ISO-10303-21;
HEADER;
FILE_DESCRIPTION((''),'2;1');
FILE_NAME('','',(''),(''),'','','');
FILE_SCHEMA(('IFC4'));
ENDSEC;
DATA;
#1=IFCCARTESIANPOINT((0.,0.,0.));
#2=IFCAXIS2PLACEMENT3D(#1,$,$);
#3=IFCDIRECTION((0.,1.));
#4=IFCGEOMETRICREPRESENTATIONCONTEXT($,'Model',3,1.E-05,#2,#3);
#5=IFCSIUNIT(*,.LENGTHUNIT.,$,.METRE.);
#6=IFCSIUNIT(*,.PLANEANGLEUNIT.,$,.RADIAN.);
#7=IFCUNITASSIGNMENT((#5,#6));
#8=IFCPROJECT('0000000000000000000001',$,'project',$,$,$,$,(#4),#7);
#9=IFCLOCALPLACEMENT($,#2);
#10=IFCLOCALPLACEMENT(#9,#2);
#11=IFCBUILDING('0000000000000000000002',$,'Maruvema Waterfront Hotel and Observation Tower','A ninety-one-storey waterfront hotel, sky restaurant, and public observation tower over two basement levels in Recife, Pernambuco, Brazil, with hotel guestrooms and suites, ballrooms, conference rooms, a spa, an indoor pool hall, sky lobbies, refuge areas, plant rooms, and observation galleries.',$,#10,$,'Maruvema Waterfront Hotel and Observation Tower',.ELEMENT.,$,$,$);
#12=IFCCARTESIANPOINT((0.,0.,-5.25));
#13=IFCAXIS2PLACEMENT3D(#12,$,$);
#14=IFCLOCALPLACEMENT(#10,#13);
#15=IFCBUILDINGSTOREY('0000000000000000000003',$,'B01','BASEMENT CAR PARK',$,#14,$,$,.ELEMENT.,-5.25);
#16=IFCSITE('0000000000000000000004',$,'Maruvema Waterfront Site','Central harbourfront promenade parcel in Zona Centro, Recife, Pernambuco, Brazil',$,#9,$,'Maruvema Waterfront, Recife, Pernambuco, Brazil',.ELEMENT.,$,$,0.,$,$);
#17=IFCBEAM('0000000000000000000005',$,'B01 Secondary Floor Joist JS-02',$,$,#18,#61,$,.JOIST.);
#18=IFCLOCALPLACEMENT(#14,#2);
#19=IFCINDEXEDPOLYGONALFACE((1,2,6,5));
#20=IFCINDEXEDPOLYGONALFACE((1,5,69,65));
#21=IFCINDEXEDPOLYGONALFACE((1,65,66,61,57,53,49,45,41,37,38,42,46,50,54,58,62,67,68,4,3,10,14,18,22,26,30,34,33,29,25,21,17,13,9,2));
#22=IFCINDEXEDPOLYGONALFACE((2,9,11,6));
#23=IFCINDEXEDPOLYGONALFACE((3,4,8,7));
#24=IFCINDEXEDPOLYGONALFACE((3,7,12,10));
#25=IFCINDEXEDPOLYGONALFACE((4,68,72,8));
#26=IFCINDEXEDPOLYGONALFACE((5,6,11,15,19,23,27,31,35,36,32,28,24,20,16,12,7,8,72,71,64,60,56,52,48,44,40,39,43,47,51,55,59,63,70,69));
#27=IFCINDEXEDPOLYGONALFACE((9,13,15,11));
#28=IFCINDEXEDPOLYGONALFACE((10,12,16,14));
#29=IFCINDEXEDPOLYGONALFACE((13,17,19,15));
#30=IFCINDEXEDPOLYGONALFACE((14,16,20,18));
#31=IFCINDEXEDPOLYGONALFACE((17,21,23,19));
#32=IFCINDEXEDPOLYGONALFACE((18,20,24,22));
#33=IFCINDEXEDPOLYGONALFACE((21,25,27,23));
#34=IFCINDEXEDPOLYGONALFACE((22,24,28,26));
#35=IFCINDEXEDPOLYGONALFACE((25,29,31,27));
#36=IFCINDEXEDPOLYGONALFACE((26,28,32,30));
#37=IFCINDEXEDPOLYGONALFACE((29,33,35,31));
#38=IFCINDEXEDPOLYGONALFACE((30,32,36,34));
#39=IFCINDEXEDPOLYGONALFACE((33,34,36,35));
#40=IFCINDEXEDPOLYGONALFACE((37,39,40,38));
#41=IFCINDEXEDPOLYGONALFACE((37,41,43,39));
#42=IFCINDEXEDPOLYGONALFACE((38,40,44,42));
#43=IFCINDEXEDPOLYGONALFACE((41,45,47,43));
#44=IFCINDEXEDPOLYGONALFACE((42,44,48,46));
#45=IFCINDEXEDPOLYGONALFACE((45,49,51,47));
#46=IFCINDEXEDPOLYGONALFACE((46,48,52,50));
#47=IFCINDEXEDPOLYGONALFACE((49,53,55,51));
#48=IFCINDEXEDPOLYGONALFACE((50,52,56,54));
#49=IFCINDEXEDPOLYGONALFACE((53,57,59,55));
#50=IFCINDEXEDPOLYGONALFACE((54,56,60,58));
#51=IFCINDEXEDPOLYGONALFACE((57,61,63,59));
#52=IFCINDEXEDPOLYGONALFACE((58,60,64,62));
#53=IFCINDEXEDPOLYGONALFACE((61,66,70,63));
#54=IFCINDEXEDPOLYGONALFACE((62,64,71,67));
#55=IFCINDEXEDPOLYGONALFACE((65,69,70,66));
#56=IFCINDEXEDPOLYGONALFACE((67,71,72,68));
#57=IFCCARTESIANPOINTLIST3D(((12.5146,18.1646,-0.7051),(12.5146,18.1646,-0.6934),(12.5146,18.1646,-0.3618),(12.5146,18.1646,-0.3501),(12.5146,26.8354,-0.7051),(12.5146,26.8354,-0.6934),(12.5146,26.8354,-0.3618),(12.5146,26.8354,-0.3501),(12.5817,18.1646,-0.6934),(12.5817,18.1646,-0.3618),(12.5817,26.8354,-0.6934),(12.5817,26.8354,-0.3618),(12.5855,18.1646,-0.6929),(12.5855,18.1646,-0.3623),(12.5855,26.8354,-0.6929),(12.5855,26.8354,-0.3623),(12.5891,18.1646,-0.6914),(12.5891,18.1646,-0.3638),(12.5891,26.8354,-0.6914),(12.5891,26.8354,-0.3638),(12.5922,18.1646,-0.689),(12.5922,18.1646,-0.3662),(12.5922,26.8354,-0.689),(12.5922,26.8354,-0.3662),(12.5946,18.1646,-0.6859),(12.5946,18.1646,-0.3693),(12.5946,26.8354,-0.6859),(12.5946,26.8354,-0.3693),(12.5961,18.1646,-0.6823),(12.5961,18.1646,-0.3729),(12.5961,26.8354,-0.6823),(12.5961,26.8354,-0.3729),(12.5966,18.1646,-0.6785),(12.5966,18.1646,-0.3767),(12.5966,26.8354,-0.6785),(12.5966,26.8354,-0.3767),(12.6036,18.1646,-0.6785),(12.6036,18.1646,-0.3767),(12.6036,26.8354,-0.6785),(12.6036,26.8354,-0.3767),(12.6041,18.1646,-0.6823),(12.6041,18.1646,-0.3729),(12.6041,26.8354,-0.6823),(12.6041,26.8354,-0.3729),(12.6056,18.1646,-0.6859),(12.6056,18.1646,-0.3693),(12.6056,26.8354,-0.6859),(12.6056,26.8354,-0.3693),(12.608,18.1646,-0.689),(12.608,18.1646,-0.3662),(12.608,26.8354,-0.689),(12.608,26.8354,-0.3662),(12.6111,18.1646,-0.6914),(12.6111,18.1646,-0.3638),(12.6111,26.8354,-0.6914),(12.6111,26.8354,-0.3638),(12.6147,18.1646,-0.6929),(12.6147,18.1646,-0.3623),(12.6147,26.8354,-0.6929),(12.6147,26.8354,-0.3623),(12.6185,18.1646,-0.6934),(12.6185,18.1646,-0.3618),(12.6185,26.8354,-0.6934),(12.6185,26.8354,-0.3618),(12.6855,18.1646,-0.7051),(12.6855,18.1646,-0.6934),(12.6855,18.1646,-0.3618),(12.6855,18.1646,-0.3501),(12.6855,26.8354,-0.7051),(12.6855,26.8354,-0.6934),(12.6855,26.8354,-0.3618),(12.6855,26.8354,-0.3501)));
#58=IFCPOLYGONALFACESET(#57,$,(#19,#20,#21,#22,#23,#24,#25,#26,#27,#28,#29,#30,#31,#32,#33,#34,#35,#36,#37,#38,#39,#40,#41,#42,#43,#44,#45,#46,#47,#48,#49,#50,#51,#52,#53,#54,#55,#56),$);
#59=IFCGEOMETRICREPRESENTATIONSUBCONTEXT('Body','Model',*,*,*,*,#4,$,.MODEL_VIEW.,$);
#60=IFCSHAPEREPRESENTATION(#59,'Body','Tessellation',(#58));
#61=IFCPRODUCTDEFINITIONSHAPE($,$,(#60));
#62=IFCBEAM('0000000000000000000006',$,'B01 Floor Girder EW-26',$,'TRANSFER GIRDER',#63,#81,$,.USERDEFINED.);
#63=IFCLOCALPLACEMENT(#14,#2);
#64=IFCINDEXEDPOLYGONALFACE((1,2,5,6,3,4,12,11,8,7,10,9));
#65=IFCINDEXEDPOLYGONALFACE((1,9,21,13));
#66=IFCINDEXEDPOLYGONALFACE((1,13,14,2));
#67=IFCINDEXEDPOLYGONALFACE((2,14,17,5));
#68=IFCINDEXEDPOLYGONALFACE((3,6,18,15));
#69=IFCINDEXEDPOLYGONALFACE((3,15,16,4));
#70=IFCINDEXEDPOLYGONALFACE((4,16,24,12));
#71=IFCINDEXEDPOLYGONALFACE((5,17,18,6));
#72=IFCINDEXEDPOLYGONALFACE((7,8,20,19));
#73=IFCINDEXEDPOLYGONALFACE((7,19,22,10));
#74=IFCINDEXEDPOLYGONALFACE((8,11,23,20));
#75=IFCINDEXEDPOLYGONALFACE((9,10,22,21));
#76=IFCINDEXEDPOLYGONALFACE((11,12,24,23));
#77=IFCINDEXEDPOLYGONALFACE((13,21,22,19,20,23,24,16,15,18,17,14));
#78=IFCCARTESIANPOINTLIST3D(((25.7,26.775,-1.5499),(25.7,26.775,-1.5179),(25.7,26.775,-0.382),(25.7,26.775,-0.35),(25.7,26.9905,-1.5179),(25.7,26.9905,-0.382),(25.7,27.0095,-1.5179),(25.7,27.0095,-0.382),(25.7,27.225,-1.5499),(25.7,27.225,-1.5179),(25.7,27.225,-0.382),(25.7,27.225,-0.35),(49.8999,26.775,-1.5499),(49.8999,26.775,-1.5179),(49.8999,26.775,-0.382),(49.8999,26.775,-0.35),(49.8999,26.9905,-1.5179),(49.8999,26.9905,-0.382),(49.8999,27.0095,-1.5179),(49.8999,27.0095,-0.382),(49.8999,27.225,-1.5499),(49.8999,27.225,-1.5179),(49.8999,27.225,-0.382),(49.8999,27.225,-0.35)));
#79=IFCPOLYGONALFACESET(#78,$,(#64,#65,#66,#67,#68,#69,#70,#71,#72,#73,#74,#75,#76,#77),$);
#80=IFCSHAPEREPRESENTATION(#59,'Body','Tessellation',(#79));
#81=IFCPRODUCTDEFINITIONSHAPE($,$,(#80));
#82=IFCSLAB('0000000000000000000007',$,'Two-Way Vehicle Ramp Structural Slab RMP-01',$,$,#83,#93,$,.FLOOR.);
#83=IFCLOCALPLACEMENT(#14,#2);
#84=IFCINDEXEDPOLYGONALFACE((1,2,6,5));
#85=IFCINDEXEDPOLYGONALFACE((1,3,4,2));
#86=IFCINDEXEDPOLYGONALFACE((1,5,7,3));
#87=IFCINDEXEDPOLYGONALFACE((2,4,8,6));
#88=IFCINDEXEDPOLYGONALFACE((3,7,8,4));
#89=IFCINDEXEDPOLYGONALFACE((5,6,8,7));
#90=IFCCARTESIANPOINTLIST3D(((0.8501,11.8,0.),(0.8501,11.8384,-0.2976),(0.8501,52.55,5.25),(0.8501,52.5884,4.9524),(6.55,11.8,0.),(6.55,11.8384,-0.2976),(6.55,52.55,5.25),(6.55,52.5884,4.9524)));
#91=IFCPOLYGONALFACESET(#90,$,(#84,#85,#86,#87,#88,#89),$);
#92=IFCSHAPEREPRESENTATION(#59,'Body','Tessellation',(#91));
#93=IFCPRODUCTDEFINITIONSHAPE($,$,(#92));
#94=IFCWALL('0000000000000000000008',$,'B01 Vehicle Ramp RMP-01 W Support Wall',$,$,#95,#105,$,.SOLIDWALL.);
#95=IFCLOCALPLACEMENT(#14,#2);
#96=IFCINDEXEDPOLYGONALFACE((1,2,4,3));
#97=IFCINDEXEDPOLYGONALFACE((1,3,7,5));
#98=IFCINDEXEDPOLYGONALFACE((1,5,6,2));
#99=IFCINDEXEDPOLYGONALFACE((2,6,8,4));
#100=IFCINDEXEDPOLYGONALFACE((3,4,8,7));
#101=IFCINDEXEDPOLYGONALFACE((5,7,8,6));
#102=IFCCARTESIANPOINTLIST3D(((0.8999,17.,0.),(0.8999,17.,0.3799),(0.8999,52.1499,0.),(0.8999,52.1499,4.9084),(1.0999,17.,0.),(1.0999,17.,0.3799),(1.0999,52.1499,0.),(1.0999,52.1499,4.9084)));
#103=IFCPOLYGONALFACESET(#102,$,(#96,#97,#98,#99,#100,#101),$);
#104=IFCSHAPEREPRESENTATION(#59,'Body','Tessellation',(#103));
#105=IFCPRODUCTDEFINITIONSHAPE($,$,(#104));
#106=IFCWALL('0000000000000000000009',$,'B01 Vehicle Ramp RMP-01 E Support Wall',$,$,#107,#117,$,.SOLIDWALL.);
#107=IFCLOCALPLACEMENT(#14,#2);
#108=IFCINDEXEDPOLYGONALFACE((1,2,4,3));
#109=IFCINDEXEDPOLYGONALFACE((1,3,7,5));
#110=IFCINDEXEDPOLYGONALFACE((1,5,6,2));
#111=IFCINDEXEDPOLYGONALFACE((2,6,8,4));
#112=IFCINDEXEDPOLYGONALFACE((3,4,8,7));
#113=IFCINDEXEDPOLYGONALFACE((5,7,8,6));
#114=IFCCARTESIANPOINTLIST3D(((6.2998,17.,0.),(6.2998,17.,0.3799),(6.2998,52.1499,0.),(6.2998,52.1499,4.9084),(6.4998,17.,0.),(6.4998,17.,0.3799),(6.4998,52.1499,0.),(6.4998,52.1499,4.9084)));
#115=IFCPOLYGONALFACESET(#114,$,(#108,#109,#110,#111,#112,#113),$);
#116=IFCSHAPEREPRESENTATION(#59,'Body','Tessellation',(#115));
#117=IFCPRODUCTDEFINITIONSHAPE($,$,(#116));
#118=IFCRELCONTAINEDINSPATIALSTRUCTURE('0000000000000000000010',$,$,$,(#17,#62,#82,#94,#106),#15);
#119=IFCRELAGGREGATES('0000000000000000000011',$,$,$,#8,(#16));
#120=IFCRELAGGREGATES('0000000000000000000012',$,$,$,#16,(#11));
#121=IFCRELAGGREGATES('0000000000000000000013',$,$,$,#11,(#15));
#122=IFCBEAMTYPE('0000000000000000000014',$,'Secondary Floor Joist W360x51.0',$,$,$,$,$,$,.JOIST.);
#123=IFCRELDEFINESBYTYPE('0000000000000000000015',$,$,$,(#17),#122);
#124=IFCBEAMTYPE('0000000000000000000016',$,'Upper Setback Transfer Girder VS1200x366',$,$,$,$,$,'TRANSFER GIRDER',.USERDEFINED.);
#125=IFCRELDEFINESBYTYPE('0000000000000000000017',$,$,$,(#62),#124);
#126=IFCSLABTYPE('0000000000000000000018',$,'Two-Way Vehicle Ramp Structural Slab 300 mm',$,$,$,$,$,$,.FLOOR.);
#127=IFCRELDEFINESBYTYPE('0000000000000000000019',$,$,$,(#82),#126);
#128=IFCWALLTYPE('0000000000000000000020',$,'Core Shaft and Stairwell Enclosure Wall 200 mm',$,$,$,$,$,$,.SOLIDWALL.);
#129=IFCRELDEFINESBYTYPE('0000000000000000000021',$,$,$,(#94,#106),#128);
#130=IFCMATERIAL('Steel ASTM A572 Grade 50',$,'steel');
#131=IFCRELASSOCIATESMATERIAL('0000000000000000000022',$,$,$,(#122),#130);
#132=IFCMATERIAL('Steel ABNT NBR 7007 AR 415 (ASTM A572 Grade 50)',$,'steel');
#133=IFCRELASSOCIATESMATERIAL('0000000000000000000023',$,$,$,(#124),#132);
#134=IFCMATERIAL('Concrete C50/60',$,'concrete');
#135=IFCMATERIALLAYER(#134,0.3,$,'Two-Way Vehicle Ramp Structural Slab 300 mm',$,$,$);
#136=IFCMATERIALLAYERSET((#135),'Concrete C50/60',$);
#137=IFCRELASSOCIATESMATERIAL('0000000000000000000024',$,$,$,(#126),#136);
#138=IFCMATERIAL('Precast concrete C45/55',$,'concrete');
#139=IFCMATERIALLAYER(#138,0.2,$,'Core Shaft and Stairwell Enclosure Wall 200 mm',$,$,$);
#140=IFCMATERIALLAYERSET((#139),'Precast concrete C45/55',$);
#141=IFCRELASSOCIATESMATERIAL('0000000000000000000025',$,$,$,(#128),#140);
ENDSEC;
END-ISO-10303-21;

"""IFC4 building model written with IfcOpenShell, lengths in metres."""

from ifc_helpers import new_model, si_unit, direction, frame, origin, origin_2d, place, context, subcontext, project, spatial, polyline, i_section, outline, extrude, material, layer, layer_set, material_profile, profile_set, type_object, element, save


model = new_model("IFC4")

# Units and contexts
model_context = context("Model", 3, precision=1e-05, world=origin(), true_north=direction((0.0, 1.0)))
body_context = subcontext(model_context, "Body", "Model", "MODEL_VIEW")
ifc_project = project(units=[si_unit("LENGTHUNIT", "METRE"), si_unit("PLANEANGLEUNIT", "RADIAN")], contexts=[model_context])

# Site, building, storey
site_placement = place(None, origin())
site = spatial("IfcSite", under=ifc_project, at=site_placement, Name="Maruvema Waterfront Site", Description="Central harbourfront promenade parcel in Zona Centro, Recife, Pernambuco, Brazil", LongName="Maruvema Waterfront, Recife, Pernambuco, Brazil", CompositionType="ELEMENT", RefElevation=0.0)
building_placement = place(site_placement, origin())
building = spatial("IfcBuilding", under=site, at=building_placement, Name="Maruvema Waterfront Hotel and Observation Tower", Description="A ninety-one-storey waterfront hotel, sky restaurant, and public observation tower over two basement levels in Recife, Pernambuco, Brazil, with hotel guestrooms and suites, ballrooms, conference rooms, a spa, an indoor pool hall, sky lobbies, refuge areas, plant rooms, and observation galleries.", LongName="Maruvema Waterfront Hotel and Observation Tower", CompositionType="ELEMENT")
storey_placement = place(building_placement, frame((0.0, 0.0, -5.25)))
storey = spatial("IfcBuildingStorey", under=building, at=storey_placement, Name="B01", Description="BASEMENT CAR PARK", CompositionType="ELEMENT", Elevation=-5.25)

# Beams
ifc_material_1 = material(Name="Steel ASTM A572 Grade 50", Category="steel")
ifc_material_profile_1 = material_profile(ifc_material_1, i_section(OverallWidth=0.1709, OverallDepth=0.355, WebThickness=0.0071, FlangeThickness=0.0117, FilletRadius=0.0149, at=origin_2d()), Name="W360x51.0")
ifc_profile_set_1 = profile_set([ifc_material_profile_1], Name="Steel ASTM A572 Grade 50")
beam_type_1 = type_object("IfcBeamType", Name="Secondary Floor Joist W360x51.0", PredefinedType="JOIST", material=ifc_profile_set_1)
beam_1_placement = place(storey_placement, frame((12.6001, 18.1646, -0.5276), z_axis=(0.0, 1.0, 0.0), x_axis=(-1.0, 0.0, 0.0)))
element("IfcBeam", 1, at=beam_1_placement, inside=storey, type_object=beam_type_1, Name="B01 Secondary Floor Joist JS-02", PredefinedType="JOIST", context=body_context, shape_type="SweptSolid", body=[
    extrude(i_section(OverallWidth=0.1709, OverallDepth=0.355, WebThickness=0.0071, FlangeThickness=0.0117, FilletRadius=0.0149, at=origin_2d()), origin(), (0.0, 0.0, 1.0), 8.6709),
])
ifc_material_2 = material(Name="Steel ABNT NBR 7007 AR 415 (ASTM A572 Grade 50)", Category="steel")
ifc_material_profile_2 = material_profile(ifc_material_2, i_section(OverallWidth=0.45, OverallDepth=1.2, WebThickness=0.019, FlangeThickness=0.032, at=origin_2d()), Name="VS1200x366")
ifc_profile_set_2 = profile_set([ifc_material_profile_2], Name="Steel ABNT NBR 7007 AR 415 (ASTM A572 Grade 50)")
beam_type_2 = type_object("IfcBeamType", Name="Upper Setback Transfer Girder VS1200x366", ElementType="TRANSFER GIRDER", PredefinedType="USERDEFINED", material=ifc_profile_set_2)
beam_2_placement = place(storey_placement, frame((25.7, 27.0, -0.95), z_axis=(1.0, 0.0, 0.0), x_axis=(0.0, 1.0, 0.0)))
element("IfcBeam", 2, at=beam_2_placement, inside=storey, type_object=beam_type_2, Name="B01 Floor Girder EW-26", ObjectType="TRANSFER GIRDER", PredefinedType="USERDEFINED", context=body_context, shape_type="SweptSolid", body=[
    extrude(i_section(OverallWidth=0.45, OverallDepth=1.2, WebThickness=0.019, FlangeThickness=0.032, at=origin_2d()), origin(), (0.0, 0.0, 1.0), 24.2),
])

# Slab
ifc_material_3 = material(Name="Concrete C50/60", Category="concrete")
ifc_layer_1 = layer(ifc_material_3, 0.3, Name="Two-Way Vehicle Ramp Structural Slab 300 mm")
ifc_layer_set_1 = layer_set([ifc_layer_1], Name="Concrete C50/60")
slab_type = type_object("IfcSlabType", Name="Two-Way Vehicle Ramp Structural Slab 300 mm", PredefinedType="FLOOR", material=ifc_layer_set_1)
slab_placement = place(storey_placement, frame((0.8501, 11.8, 0.0), z_axis=(0.0, -0.127778, 0.991803), x_axis=(1.0, 0.0, 0.0)))
element("IfcSlab", 3, at=slab_placement, inside=storey, type_object=slab_type, Name="Two-Way Vehicle Ramp Structural Slab RMP-01", PredefinedType="FLOOR", context=body_context, shape_type="SweptSolid", body=[
    extrude(outline(polyline([(0.0, 0.0), (5.7, 0.0), (5.7, 41.0868), (0.0, 41.0868), (0.0, 0.0)])), origin(), (0.0, 0.0, -1.0), 0.3),
])

# Walls
ifc_material_4 = material(Name="Precast concrete C45/55", Category="concrete")
ifc_layer_2 = layer(ifc_material_4, 0.2, Name="Core Shaft and Stairwell Enclosure Wall 200 mm")
ifc_layer_set_2 = layer_set([ifc_layer_2], Name="Precast concrete C45/55")
wall_type = type_object("IfcWallType", Name="Core Shaft and Stairwell Enclosure Wall 200 mm", PredefinedType="SOLIDWALL", material=ifc_layer_set_2)
for number, where, z_axis, x_axis, name in (
    (4, (1.0, 17.0, 0.0), (0.0, 0.0, 1.0), (0.0, 1.0, 0.0), "B01 Vehicle Ramp RMP-01 W Support Wall"),
    (5, (6.3999, 17.0, 0.0), (0.0, 0.0, 1.0), (0.0, 1.0, 0.0), "B01 Vehicle Ramp RMP-01 E Support Wall"),
):
    element("IfcWall", number, at=place(storey_placement, frame(where, z_axis=z_axis, x_axis=x_axis)), inside=storey, type_object=wall_type, Name=name, PredefinedType="SOLIDWALL", context=body_context, shape_type="SweptSolid", body=[
        extrude(outline(polyline([(0.0, 0.0), (35.1499, 0.0), (35.1499, 4.9084), (0.0, 0.3799), (0.0, 0.0)])), frame((0.0, 0.1001, 0.0), z_axis=(0.0, -1.0, 0.0), x_axis=(1.0, 0.0, 0.0)), (0.0, 0.0, 1.0), 0.2),
    ])

save(model, "model.ifc")
